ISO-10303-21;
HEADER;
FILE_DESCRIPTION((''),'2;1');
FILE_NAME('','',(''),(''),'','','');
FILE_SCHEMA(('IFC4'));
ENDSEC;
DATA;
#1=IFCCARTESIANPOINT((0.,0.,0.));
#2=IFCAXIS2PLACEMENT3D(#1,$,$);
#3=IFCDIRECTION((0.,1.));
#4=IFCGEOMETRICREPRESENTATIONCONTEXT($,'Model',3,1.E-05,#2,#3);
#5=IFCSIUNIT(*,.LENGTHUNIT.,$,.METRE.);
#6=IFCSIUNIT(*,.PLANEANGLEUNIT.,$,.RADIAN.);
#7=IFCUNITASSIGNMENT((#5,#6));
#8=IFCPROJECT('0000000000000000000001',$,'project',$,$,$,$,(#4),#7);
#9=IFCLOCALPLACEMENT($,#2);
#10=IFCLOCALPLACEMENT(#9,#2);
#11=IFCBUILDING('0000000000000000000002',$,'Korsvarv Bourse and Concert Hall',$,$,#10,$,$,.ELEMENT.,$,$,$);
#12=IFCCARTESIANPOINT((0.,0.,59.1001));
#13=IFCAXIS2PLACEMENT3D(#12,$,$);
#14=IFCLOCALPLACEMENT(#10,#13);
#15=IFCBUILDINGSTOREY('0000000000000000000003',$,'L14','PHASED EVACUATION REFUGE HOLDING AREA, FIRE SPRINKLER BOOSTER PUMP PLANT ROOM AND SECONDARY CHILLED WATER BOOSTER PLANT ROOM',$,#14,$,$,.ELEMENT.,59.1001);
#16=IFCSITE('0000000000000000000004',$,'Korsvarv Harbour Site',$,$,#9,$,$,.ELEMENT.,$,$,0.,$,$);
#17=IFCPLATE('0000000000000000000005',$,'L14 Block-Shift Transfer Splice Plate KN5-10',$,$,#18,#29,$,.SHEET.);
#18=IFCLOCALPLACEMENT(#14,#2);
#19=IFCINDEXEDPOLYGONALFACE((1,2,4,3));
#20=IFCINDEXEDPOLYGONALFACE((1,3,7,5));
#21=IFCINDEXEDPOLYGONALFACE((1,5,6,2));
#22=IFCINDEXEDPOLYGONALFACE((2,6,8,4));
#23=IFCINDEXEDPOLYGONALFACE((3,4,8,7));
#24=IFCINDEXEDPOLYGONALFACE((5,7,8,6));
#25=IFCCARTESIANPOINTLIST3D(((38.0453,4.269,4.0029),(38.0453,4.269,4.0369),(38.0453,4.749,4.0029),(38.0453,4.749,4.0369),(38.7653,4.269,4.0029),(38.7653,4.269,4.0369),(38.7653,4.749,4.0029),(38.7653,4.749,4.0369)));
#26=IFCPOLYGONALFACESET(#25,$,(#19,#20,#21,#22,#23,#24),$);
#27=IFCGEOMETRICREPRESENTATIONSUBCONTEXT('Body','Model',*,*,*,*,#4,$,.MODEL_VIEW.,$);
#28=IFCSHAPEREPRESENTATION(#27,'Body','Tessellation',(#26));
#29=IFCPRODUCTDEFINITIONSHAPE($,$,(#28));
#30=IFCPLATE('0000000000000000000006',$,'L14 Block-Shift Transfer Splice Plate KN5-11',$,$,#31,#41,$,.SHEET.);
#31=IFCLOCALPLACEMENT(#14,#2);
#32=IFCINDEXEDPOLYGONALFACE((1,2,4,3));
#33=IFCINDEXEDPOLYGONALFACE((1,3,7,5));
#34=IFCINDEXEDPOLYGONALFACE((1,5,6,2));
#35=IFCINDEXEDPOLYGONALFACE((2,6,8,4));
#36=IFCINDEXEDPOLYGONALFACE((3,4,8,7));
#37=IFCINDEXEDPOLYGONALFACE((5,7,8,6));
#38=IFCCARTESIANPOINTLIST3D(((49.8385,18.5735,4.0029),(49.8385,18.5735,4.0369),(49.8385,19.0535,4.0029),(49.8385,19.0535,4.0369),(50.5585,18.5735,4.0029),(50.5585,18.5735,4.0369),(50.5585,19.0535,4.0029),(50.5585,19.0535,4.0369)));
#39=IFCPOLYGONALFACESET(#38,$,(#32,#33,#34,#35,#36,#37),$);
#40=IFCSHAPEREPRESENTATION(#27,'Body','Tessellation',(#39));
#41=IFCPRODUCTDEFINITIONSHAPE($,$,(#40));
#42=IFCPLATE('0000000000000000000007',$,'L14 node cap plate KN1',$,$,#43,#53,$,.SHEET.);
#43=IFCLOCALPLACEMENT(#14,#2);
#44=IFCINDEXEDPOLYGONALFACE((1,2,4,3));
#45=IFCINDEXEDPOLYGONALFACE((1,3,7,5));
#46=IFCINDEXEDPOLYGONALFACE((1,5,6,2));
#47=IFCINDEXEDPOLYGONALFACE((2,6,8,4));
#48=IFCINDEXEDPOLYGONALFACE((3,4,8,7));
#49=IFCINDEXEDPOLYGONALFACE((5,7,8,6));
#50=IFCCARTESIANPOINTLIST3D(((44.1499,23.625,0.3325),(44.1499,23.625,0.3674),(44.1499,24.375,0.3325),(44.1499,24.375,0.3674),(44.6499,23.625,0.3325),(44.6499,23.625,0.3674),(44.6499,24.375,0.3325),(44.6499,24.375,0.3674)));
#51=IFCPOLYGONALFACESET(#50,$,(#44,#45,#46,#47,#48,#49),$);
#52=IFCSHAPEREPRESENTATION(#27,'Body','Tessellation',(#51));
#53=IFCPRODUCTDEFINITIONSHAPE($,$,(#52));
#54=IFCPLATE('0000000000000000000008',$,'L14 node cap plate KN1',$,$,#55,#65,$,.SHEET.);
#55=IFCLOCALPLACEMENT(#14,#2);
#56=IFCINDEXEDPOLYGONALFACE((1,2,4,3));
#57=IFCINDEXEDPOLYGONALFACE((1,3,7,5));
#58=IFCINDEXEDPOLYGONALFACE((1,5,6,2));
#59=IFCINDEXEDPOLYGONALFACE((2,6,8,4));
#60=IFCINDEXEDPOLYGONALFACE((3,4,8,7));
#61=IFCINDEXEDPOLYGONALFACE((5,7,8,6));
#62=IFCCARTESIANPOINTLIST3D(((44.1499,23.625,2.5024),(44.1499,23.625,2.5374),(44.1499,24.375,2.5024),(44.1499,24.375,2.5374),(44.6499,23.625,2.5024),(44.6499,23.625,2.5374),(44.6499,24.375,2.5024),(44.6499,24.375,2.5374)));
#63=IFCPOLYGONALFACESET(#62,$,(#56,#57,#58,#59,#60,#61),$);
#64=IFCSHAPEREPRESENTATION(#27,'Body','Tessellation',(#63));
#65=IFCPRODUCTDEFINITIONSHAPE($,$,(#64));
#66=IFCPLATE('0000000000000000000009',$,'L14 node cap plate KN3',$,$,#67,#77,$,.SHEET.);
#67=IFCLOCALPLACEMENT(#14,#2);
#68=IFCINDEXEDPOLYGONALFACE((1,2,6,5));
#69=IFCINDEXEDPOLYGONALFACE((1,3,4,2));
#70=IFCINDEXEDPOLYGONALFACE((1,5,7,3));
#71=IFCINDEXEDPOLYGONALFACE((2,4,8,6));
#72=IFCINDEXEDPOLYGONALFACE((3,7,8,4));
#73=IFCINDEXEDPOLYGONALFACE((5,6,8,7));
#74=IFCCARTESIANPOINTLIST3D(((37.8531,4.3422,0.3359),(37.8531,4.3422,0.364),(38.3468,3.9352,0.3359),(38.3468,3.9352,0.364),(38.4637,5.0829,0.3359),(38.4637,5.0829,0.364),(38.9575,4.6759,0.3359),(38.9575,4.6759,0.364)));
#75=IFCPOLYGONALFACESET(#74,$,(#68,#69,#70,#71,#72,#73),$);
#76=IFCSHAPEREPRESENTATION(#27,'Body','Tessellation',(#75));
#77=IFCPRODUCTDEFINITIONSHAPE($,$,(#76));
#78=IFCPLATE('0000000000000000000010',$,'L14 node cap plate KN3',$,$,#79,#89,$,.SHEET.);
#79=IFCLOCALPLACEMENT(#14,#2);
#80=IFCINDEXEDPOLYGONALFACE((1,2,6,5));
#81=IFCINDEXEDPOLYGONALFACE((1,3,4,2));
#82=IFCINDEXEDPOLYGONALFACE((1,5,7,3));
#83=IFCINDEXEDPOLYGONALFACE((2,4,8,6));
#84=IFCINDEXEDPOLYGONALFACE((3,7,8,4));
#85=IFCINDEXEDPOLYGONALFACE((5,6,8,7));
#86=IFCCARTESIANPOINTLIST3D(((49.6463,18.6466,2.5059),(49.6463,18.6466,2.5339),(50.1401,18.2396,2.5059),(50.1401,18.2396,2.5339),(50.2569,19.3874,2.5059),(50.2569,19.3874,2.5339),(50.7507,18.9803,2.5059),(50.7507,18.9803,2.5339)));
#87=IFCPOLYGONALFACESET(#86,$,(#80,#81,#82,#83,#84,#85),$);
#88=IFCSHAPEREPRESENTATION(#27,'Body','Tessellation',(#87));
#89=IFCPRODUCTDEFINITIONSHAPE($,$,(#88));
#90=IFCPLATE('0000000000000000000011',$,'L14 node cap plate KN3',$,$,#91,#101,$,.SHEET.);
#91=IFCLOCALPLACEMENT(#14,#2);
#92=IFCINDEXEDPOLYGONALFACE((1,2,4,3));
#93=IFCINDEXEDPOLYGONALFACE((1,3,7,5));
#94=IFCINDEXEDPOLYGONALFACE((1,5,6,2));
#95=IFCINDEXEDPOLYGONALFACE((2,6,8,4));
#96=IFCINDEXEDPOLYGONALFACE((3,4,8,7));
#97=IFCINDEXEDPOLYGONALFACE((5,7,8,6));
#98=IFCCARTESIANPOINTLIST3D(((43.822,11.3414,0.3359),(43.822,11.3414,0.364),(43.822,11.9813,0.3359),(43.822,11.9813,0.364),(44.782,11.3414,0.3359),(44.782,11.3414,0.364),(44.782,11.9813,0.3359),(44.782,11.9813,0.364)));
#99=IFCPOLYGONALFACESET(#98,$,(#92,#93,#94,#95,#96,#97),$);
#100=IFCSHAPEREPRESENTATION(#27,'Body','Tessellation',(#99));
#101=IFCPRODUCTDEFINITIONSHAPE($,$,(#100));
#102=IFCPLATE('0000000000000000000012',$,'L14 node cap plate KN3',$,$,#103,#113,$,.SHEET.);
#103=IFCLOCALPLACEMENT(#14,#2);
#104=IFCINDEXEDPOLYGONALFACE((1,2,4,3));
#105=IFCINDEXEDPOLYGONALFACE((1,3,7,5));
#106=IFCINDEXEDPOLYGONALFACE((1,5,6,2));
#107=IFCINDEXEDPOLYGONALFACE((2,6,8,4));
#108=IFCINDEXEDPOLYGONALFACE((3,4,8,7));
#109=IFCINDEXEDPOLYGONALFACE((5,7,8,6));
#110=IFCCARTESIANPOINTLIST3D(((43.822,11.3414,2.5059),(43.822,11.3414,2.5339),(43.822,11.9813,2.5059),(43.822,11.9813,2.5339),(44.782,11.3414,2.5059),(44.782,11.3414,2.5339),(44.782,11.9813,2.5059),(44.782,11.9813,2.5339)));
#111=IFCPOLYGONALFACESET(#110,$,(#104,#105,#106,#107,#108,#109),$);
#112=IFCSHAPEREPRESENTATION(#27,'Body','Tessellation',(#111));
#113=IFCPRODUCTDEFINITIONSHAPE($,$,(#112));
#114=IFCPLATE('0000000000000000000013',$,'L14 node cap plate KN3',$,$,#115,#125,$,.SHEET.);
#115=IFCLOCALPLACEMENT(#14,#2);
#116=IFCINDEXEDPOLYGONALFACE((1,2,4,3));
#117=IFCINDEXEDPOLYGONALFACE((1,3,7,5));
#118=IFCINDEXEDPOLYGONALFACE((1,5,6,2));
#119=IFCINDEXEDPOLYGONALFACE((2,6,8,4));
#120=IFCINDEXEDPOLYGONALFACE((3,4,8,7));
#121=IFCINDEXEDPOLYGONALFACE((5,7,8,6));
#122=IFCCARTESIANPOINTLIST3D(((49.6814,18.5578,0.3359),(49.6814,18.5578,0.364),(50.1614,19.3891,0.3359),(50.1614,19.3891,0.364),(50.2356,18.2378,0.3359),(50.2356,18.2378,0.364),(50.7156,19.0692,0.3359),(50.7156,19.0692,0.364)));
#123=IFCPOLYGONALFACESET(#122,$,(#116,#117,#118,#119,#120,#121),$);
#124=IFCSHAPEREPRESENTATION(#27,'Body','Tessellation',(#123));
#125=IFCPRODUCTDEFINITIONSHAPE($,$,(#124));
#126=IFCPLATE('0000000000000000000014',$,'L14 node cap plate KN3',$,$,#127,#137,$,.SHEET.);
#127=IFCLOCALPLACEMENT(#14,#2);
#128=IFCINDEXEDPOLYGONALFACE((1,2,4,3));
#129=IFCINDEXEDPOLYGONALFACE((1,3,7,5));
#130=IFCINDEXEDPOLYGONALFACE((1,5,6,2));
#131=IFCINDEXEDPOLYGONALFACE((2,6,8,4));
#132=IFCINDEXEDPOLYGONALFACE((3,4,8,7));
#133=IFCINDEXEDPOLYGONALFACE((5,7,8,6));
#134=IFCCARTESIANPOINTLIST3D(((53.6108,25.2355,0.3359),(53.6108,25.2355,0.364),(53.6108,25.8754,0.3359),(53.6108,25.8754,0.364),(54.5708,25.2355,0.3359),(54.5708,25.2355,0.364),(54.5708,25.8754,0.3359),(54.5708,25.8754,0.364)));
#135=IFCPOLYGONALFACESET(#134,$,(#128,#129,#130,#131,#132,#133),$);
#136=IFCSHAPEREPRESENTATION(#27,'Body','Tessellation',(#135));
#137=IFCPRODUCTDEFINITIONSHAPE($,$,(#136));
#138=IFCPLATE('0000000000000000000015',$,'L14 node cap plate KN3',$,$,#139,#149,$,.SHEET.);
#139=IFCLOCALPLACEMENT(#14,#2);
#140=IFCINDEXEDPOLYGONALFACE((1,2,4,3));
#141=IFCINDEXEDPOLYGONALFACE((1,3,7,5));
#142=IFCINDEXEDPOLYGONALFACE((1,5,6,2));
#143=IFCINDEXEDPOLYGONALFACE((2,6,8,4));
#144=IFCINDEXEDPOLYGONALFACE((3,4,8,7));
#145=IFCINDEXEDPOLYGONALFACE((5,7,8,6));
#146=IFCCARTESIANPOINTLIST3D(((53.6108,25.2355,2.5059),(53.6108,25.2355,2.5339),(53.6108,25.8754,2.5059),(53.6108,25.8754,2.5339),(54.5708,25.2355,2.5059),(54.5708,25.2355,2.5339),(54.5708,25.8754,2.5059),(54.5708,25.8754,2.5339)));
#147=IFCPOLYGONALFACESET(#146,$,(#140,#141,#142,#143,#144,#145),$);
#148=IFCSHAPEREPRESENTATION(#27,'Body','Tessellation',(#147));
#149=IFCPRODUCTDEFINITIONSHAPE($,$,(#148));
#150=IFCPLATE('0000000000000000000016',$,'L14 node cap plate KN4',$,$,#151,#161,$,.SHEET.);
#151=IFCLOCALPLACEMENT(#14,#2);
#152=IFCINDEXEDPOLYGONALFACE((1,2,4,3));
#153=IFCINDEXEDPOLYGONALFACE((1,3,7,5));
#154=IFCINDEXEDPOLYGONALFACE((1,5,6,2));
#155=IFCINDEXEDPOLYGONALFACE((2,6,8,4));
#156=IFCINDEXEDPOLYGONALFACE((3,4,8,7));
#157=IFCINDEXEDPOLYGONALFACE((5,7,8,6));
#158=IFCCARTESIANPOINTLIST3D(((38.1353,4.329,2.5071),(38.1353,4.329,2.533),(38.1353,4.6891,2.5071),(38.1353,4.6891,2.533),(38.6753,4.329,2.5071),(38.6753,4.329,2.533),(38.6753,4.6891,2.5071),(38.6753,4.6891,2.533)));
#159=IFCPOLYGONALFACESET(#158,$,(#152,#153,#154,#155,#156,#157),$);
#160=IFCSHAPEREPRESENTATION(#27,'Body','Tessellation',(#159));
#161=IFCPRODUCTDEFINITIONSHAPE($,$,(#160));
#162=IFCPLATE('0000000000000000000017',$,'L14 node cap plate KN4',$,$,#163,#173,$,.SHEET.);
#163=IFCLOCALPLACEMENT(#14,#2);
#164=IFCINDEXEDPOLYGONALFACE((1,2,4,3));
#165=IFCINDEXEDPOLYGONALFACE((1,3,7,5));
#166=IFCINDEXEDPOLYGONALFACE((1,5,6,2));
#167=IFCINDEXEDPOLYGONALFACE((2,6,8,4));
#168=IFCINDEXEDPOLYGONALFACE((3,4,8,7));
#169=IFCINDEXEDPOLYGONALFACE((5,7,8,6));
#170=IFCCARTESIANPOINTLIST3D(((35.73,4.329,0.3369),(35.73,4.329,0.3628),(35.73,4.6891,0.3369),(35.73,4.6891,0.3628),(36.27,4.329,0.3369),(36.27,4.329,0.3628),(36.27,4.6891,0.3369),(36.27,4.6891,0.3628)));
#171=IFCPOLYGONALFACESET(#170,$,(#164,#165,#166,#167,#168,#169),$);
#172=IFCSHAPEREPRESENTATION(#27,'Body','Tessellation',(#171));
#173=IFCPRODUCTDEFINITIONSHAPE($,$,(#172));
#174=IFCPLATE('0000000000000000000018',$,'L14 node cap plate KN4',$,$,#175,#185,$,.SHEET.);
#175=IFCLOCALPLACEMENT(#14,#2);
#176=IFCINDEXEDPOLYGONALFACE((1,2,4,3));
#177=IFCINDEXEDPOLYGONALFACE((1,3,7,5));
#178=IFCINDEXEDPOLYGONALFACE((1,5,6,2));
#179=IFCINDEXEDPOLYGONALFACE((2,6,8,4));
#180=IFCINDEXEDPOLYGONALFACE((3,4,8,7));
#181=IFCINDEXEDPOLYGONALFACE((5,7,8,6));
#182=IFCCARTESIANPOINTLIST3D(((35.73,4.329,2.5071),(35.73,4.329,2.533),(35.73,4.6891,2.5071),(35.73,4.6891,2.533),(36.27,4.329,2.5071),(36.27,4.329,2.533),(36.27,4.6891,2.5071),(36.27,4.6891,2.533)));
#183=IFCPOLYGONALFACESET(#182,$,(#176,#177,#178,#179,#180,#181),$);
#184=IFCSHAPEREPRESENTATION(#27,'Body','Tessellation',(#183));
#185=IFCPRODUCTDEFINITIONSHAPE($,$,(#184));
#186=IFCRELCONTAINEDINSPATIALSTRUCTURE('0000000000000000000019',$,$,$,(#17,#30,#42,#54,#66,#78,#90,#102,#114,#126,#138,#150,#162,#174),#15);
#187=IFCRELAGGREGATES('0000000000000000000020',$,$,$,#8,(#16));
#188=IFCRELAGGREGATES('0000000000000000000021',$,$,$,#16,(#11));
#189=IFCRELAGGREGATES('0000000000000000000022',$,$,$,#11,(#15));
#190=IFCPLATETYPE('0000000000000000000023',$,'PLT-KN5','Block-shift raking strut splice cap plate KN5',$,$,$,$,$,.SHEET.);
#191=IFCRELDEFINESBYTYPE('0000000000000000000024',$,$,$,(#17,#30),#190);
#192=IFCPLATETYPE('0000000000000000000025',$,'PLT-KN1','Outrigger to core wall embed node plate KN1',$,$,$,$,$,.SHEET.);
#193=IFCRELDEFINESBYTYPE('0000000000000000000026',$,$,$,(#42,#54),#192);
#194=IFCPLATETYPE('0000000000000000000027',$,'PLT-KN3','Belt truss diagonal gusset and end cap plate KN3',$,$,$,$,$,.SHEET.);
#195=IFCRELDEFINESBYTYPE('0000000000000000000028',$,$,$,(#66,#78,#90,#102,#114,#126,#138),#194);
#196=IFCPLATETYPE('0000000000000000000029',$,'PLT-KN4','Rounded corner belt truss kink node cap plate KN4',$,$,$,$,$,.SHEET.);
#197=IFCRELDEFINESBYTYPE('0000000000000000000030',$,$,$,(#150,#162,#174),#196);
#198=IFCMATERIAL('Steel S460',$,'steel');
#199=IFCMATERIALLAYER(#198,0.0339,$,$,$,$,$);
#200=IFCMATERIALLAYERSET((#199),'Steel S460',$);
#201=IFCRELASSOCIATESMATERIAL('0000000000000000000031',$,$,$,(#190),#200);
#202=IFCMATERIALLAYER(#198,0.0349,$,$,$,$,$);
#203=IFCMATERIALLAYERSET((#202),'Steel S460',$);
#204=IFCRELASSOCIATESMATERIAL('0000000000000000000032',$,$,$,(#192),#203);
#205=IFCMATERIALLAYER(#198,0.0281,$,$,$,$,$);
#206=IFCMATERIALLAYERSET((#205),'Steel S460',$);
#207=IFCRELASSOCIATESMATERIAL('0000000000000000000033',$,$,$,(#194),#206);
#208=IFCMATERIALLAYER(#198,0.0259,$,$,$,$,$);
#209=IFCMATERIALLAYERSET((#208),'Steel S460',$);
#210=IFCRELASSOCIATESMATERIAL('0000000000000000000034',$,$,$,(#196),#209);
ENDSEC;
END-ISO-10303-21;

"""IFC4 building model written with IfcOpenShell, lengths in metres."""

from ifc_helpers import new_model, si_unit, direction, frame, origin, origin_2d, place, context, subcontext, project, spatial, rectangle, extrude, source, transform, mapped, material, layer, layer_set, type_object, element, save


model = new_model("IFC4")

# Units and contexts
model_context = context("Model", 3, precision=1e-05, world=origin(), true_north=direction((0.0, 1.0)))
body_context = subcontext(model_context, "Body", "Model", "MODEL_VIEW")
ifc_project = project(units=[si_unit("LENGTHUNIT", "METRE"), si_unit("PLANEANGLEUNIT", "RADIAN")], contexts=[model_context])

# Site, building, storey
site_placement = place(None, origin())
site = spatial("IfcSite", under=ifc_project, at=site_placement, Name="Korsvarv Harbour Site", CompositionType="ELEMENT", RefElevation=0.0)
building_placement = place(site_placement, origin())
building = spatial("IfcBuilding", under=site, at=building_placement, Name="Korsvarv Bourse and Concert Hall", CompositionType="ELEMENT")
storey_placement = place(building_placement, frame((0.0, 0.0, 59.1001)))
storey = spatial("IfcBuildingStorey", under=building, at=storey_placement, Name="L14", Description="PHASED EVACUATION REFUGE HOLDING AREA, FIRE SPRINKLER BOOSTER PUMP PLANT ROOM AND SECONDARY CHILLED WATER BOOSTER PLANT ROOM", CompositionType="ELEMENT", Elevation=59.1001)

# Shared definitions
ifc_material_1 = material(Name="Steel S460", Category="steel")

# Plates
ifc_layer_1 = layer(ifc_material_1, 0.0339)
ifc_layer_set_1 = layer_set([ifc_layer_1], Name="Steel S460")
plate_type_1 = type_object("IfcPlateType", Name="PLT-KN5", Description="Block-shift raking strut splice cap plate KN5", PredefinedType="SHEET", material=ifc_layer_set_1)
shared_shape_1 = source(origin(), body_context, "Body", "SweptSolid", [
    extrude(rectangle(XDim=0.72, YDim=0.48, at=origin_2d()), origin(), (0.0, 0.0, 1.0), 0.0339),
])
for number, where, z_axis, x_axis, name in (
    (1, (38.4053, 4.509, 4.0029), (0.0, 0.0, 1.0), (1.0, 0.0, 0.0), "L14 Block-Shift Transfer Splice Plate KN5-10"),
    (2, (50.1985, 18.8135, 4.0029), (0.0, 0.0, 1.0), (1.0, 0.0, 0.0), "L14 Block-Shift Transfer Splice Plate KN5-11"),
):
    element("IfcPlate", number, at=place(storey_placement, frame(where, z_axis=z_axis, x_axis=x_axis)), inside=storey, type_object=plate_type_1, Name=name, PredefinedType="SHEET", context=body_context, shape_type="MappedRepresentation", body=[
        mapped(shared_shape_1, transform((0.0, 0.0, 0.0), scale=1.0)),
    ])
ifc_layer_2 = layer(ifc_material_1, 0.0349)
ifc_layer_set_2 = layer_set([ifc_layer_2], Name="Steel S460")
plate_type_2 = type_object("IfcPlateType", Name="PLT-KN1", Description="Outrigger to core wall embed node plate KN1", PredefinedType="SHEET", material=ifc_layer_set_2)
shared_shape_2 = source(origin(), body_context, "Body", "SweptSolid", [
    extrude(rectangle(XDim=0.75, YDim=0.5, at=origin_2d()), origin(), (0.0, 0.0, 1.0), 0.0349),
])
for number, where, z_axis, x_axis, name in (
    (3, (44.3999, 24.0, 0.3325), (0.0, 0.0, 1.0), (0.0, 1.0, 0.0), "L14 node cap plate KN1"),
    (4, (44.3999, 24.0, 2.5024), (0.0, 0.0, 1.0), (0.0, 1.0, 0.0), "L14 node cap plate KN1"),
):
    element("IfcPlate", number, at=place(storey_placement, frame(where, z_axis=z_axis, x_axis=x_axis)), inside=storey, type_object=plate_type_2, Name=name, PredefinedType="SHEET", context=body_context, shape_type="MappedRepresentation", body=[
        mapped(shared_shape_2, transform((0.0, 0.0, 0.0), scale=1.0)),
    ])
ifc_layer_3 = layer(ifc_material_1, 0.0281)
ifc_layer_set_3 = layer_set([ifc_layer_3], Name="Steel S460")
plate_type_3 = type_object("IfcPlateType", Name="PLT-KN3", Description="Belt truss diagonal gusset and end cap plate KN3", PredefinedType="SHEET", material=ifc_layer_set_3)
shared_shape_3 = source(origin(), body_context, "Body", "SweptSolid", [
    extrude(rectangle(XDim=0.96, YDim=0.6399, at=origin_2d()), origin(), (0.0, 0.0, 1.0), 0.0281),
])
for number, where, z_axis, x_axis, name in (
    (5, (38.4053, 4.509, 0.3359), (0.0, 0.0, 1.0), (0.636078, 0.771625, 0.0), "L14 node cap plate KN3"),
    (6, (50.1985, 18.8135, 2.5059), (0.0, 0.0, 1.0), (0.636078, 0.771625, 0.0), "L14 node cap plate KN3"),
    (7, (44.302, 11.6614, 0.3359), (0.0, 0.0, 1.0), (1.0, 0.0, 0.0), "L14 node cap plate KN3"),
    (8, (44.302, 11.6614, 2.5059), (0.0, 0.0, 1.0), (1.0, 0.0, 0.0), "L14 node cap plate KN3"),
    (9, (50.1985, 18.8135, 0.3359), (0.0, 0.0, 1.0), (0.5, 0.866025, 0.0), "L14 node cap plate KN3"),
    (10, (54.0908, 25.5554, 0.3359), (0.0, 0.0, 1.0), (1.0, 0.0, 0.0), "L14 node cap plate KN3"),
    (11, (54.0908, 25.5554, 2.5059), (0.0, 0.0, 1.0), (1.0, 0.0, 0.0), "L14 node cap plate KN3"),
):
    element("IfcPlate", number, at=place(storey_placement, frame(where, z_axis=z_axis, x_axis=x_axis)), inside=storey, type_object=plate_type_3, Name=name, PredefinedType="SHEET", context=body_context, shape_type="MappedRepresentation", body=[
        mapped(shared_shape_3, transform((0.0, 0.0, 0.0), scale=1.0)),
    ])
ifc_layer_4 = layer(ifc_material_1, 0.0259)
ifc_layer_set_4 = layer_set([ifc_layer_4], Name="Steel S460")
plate_type_4 = type_object("IfcPlateType", Name="PLT-KN4", Description="Rounded corner belt truss kink node cap plate KN4", PredefinedType="SHEET", material=ifc_layer_set_4)
shared_shape_4 = source(origin(), body_context, "Body", "SweptSolid", [
    extrude(rectangle(XDim=0.54, YDim=0.3601, at=origin_2d()), origin(), (0.0, 0.0, 1.0), 0.0259),
])
for number, where, z_axis, x_axis, name in (
    (12, (38.4053, 4.509, 2.5071), (0.0, 0.0, 1.0), (1.0, 0.0, 0.0), "L14 node cap plate KN4"),
    (13, (36.0, 4.509, 0.3369), (0.0, 0.0, 1.0), (1.0, 0.0, 0.0), "L14 node cap plate KN4"),
    (14, (36.0, 4.509, 2.5071), (0.0, 0.0, 1.0), (1.0, 0.0, 0.0), "L14 node cap plate KN4"),
):
    element("IfcPlate", number, at=place(storey_placement, frame(where, z_axis=z_axis, x_axis=x_axis)), inside=storey, type_object=plate_type_4, Name=name, PredefinedType="SHEET", context=body_context, shape_type="MappedRepresentation", body=[
        mapped(shared_shape_4, transform((0.0, 0.0, 0.0), scale=1.0)),
    ])

save(model, "model.ifc")
